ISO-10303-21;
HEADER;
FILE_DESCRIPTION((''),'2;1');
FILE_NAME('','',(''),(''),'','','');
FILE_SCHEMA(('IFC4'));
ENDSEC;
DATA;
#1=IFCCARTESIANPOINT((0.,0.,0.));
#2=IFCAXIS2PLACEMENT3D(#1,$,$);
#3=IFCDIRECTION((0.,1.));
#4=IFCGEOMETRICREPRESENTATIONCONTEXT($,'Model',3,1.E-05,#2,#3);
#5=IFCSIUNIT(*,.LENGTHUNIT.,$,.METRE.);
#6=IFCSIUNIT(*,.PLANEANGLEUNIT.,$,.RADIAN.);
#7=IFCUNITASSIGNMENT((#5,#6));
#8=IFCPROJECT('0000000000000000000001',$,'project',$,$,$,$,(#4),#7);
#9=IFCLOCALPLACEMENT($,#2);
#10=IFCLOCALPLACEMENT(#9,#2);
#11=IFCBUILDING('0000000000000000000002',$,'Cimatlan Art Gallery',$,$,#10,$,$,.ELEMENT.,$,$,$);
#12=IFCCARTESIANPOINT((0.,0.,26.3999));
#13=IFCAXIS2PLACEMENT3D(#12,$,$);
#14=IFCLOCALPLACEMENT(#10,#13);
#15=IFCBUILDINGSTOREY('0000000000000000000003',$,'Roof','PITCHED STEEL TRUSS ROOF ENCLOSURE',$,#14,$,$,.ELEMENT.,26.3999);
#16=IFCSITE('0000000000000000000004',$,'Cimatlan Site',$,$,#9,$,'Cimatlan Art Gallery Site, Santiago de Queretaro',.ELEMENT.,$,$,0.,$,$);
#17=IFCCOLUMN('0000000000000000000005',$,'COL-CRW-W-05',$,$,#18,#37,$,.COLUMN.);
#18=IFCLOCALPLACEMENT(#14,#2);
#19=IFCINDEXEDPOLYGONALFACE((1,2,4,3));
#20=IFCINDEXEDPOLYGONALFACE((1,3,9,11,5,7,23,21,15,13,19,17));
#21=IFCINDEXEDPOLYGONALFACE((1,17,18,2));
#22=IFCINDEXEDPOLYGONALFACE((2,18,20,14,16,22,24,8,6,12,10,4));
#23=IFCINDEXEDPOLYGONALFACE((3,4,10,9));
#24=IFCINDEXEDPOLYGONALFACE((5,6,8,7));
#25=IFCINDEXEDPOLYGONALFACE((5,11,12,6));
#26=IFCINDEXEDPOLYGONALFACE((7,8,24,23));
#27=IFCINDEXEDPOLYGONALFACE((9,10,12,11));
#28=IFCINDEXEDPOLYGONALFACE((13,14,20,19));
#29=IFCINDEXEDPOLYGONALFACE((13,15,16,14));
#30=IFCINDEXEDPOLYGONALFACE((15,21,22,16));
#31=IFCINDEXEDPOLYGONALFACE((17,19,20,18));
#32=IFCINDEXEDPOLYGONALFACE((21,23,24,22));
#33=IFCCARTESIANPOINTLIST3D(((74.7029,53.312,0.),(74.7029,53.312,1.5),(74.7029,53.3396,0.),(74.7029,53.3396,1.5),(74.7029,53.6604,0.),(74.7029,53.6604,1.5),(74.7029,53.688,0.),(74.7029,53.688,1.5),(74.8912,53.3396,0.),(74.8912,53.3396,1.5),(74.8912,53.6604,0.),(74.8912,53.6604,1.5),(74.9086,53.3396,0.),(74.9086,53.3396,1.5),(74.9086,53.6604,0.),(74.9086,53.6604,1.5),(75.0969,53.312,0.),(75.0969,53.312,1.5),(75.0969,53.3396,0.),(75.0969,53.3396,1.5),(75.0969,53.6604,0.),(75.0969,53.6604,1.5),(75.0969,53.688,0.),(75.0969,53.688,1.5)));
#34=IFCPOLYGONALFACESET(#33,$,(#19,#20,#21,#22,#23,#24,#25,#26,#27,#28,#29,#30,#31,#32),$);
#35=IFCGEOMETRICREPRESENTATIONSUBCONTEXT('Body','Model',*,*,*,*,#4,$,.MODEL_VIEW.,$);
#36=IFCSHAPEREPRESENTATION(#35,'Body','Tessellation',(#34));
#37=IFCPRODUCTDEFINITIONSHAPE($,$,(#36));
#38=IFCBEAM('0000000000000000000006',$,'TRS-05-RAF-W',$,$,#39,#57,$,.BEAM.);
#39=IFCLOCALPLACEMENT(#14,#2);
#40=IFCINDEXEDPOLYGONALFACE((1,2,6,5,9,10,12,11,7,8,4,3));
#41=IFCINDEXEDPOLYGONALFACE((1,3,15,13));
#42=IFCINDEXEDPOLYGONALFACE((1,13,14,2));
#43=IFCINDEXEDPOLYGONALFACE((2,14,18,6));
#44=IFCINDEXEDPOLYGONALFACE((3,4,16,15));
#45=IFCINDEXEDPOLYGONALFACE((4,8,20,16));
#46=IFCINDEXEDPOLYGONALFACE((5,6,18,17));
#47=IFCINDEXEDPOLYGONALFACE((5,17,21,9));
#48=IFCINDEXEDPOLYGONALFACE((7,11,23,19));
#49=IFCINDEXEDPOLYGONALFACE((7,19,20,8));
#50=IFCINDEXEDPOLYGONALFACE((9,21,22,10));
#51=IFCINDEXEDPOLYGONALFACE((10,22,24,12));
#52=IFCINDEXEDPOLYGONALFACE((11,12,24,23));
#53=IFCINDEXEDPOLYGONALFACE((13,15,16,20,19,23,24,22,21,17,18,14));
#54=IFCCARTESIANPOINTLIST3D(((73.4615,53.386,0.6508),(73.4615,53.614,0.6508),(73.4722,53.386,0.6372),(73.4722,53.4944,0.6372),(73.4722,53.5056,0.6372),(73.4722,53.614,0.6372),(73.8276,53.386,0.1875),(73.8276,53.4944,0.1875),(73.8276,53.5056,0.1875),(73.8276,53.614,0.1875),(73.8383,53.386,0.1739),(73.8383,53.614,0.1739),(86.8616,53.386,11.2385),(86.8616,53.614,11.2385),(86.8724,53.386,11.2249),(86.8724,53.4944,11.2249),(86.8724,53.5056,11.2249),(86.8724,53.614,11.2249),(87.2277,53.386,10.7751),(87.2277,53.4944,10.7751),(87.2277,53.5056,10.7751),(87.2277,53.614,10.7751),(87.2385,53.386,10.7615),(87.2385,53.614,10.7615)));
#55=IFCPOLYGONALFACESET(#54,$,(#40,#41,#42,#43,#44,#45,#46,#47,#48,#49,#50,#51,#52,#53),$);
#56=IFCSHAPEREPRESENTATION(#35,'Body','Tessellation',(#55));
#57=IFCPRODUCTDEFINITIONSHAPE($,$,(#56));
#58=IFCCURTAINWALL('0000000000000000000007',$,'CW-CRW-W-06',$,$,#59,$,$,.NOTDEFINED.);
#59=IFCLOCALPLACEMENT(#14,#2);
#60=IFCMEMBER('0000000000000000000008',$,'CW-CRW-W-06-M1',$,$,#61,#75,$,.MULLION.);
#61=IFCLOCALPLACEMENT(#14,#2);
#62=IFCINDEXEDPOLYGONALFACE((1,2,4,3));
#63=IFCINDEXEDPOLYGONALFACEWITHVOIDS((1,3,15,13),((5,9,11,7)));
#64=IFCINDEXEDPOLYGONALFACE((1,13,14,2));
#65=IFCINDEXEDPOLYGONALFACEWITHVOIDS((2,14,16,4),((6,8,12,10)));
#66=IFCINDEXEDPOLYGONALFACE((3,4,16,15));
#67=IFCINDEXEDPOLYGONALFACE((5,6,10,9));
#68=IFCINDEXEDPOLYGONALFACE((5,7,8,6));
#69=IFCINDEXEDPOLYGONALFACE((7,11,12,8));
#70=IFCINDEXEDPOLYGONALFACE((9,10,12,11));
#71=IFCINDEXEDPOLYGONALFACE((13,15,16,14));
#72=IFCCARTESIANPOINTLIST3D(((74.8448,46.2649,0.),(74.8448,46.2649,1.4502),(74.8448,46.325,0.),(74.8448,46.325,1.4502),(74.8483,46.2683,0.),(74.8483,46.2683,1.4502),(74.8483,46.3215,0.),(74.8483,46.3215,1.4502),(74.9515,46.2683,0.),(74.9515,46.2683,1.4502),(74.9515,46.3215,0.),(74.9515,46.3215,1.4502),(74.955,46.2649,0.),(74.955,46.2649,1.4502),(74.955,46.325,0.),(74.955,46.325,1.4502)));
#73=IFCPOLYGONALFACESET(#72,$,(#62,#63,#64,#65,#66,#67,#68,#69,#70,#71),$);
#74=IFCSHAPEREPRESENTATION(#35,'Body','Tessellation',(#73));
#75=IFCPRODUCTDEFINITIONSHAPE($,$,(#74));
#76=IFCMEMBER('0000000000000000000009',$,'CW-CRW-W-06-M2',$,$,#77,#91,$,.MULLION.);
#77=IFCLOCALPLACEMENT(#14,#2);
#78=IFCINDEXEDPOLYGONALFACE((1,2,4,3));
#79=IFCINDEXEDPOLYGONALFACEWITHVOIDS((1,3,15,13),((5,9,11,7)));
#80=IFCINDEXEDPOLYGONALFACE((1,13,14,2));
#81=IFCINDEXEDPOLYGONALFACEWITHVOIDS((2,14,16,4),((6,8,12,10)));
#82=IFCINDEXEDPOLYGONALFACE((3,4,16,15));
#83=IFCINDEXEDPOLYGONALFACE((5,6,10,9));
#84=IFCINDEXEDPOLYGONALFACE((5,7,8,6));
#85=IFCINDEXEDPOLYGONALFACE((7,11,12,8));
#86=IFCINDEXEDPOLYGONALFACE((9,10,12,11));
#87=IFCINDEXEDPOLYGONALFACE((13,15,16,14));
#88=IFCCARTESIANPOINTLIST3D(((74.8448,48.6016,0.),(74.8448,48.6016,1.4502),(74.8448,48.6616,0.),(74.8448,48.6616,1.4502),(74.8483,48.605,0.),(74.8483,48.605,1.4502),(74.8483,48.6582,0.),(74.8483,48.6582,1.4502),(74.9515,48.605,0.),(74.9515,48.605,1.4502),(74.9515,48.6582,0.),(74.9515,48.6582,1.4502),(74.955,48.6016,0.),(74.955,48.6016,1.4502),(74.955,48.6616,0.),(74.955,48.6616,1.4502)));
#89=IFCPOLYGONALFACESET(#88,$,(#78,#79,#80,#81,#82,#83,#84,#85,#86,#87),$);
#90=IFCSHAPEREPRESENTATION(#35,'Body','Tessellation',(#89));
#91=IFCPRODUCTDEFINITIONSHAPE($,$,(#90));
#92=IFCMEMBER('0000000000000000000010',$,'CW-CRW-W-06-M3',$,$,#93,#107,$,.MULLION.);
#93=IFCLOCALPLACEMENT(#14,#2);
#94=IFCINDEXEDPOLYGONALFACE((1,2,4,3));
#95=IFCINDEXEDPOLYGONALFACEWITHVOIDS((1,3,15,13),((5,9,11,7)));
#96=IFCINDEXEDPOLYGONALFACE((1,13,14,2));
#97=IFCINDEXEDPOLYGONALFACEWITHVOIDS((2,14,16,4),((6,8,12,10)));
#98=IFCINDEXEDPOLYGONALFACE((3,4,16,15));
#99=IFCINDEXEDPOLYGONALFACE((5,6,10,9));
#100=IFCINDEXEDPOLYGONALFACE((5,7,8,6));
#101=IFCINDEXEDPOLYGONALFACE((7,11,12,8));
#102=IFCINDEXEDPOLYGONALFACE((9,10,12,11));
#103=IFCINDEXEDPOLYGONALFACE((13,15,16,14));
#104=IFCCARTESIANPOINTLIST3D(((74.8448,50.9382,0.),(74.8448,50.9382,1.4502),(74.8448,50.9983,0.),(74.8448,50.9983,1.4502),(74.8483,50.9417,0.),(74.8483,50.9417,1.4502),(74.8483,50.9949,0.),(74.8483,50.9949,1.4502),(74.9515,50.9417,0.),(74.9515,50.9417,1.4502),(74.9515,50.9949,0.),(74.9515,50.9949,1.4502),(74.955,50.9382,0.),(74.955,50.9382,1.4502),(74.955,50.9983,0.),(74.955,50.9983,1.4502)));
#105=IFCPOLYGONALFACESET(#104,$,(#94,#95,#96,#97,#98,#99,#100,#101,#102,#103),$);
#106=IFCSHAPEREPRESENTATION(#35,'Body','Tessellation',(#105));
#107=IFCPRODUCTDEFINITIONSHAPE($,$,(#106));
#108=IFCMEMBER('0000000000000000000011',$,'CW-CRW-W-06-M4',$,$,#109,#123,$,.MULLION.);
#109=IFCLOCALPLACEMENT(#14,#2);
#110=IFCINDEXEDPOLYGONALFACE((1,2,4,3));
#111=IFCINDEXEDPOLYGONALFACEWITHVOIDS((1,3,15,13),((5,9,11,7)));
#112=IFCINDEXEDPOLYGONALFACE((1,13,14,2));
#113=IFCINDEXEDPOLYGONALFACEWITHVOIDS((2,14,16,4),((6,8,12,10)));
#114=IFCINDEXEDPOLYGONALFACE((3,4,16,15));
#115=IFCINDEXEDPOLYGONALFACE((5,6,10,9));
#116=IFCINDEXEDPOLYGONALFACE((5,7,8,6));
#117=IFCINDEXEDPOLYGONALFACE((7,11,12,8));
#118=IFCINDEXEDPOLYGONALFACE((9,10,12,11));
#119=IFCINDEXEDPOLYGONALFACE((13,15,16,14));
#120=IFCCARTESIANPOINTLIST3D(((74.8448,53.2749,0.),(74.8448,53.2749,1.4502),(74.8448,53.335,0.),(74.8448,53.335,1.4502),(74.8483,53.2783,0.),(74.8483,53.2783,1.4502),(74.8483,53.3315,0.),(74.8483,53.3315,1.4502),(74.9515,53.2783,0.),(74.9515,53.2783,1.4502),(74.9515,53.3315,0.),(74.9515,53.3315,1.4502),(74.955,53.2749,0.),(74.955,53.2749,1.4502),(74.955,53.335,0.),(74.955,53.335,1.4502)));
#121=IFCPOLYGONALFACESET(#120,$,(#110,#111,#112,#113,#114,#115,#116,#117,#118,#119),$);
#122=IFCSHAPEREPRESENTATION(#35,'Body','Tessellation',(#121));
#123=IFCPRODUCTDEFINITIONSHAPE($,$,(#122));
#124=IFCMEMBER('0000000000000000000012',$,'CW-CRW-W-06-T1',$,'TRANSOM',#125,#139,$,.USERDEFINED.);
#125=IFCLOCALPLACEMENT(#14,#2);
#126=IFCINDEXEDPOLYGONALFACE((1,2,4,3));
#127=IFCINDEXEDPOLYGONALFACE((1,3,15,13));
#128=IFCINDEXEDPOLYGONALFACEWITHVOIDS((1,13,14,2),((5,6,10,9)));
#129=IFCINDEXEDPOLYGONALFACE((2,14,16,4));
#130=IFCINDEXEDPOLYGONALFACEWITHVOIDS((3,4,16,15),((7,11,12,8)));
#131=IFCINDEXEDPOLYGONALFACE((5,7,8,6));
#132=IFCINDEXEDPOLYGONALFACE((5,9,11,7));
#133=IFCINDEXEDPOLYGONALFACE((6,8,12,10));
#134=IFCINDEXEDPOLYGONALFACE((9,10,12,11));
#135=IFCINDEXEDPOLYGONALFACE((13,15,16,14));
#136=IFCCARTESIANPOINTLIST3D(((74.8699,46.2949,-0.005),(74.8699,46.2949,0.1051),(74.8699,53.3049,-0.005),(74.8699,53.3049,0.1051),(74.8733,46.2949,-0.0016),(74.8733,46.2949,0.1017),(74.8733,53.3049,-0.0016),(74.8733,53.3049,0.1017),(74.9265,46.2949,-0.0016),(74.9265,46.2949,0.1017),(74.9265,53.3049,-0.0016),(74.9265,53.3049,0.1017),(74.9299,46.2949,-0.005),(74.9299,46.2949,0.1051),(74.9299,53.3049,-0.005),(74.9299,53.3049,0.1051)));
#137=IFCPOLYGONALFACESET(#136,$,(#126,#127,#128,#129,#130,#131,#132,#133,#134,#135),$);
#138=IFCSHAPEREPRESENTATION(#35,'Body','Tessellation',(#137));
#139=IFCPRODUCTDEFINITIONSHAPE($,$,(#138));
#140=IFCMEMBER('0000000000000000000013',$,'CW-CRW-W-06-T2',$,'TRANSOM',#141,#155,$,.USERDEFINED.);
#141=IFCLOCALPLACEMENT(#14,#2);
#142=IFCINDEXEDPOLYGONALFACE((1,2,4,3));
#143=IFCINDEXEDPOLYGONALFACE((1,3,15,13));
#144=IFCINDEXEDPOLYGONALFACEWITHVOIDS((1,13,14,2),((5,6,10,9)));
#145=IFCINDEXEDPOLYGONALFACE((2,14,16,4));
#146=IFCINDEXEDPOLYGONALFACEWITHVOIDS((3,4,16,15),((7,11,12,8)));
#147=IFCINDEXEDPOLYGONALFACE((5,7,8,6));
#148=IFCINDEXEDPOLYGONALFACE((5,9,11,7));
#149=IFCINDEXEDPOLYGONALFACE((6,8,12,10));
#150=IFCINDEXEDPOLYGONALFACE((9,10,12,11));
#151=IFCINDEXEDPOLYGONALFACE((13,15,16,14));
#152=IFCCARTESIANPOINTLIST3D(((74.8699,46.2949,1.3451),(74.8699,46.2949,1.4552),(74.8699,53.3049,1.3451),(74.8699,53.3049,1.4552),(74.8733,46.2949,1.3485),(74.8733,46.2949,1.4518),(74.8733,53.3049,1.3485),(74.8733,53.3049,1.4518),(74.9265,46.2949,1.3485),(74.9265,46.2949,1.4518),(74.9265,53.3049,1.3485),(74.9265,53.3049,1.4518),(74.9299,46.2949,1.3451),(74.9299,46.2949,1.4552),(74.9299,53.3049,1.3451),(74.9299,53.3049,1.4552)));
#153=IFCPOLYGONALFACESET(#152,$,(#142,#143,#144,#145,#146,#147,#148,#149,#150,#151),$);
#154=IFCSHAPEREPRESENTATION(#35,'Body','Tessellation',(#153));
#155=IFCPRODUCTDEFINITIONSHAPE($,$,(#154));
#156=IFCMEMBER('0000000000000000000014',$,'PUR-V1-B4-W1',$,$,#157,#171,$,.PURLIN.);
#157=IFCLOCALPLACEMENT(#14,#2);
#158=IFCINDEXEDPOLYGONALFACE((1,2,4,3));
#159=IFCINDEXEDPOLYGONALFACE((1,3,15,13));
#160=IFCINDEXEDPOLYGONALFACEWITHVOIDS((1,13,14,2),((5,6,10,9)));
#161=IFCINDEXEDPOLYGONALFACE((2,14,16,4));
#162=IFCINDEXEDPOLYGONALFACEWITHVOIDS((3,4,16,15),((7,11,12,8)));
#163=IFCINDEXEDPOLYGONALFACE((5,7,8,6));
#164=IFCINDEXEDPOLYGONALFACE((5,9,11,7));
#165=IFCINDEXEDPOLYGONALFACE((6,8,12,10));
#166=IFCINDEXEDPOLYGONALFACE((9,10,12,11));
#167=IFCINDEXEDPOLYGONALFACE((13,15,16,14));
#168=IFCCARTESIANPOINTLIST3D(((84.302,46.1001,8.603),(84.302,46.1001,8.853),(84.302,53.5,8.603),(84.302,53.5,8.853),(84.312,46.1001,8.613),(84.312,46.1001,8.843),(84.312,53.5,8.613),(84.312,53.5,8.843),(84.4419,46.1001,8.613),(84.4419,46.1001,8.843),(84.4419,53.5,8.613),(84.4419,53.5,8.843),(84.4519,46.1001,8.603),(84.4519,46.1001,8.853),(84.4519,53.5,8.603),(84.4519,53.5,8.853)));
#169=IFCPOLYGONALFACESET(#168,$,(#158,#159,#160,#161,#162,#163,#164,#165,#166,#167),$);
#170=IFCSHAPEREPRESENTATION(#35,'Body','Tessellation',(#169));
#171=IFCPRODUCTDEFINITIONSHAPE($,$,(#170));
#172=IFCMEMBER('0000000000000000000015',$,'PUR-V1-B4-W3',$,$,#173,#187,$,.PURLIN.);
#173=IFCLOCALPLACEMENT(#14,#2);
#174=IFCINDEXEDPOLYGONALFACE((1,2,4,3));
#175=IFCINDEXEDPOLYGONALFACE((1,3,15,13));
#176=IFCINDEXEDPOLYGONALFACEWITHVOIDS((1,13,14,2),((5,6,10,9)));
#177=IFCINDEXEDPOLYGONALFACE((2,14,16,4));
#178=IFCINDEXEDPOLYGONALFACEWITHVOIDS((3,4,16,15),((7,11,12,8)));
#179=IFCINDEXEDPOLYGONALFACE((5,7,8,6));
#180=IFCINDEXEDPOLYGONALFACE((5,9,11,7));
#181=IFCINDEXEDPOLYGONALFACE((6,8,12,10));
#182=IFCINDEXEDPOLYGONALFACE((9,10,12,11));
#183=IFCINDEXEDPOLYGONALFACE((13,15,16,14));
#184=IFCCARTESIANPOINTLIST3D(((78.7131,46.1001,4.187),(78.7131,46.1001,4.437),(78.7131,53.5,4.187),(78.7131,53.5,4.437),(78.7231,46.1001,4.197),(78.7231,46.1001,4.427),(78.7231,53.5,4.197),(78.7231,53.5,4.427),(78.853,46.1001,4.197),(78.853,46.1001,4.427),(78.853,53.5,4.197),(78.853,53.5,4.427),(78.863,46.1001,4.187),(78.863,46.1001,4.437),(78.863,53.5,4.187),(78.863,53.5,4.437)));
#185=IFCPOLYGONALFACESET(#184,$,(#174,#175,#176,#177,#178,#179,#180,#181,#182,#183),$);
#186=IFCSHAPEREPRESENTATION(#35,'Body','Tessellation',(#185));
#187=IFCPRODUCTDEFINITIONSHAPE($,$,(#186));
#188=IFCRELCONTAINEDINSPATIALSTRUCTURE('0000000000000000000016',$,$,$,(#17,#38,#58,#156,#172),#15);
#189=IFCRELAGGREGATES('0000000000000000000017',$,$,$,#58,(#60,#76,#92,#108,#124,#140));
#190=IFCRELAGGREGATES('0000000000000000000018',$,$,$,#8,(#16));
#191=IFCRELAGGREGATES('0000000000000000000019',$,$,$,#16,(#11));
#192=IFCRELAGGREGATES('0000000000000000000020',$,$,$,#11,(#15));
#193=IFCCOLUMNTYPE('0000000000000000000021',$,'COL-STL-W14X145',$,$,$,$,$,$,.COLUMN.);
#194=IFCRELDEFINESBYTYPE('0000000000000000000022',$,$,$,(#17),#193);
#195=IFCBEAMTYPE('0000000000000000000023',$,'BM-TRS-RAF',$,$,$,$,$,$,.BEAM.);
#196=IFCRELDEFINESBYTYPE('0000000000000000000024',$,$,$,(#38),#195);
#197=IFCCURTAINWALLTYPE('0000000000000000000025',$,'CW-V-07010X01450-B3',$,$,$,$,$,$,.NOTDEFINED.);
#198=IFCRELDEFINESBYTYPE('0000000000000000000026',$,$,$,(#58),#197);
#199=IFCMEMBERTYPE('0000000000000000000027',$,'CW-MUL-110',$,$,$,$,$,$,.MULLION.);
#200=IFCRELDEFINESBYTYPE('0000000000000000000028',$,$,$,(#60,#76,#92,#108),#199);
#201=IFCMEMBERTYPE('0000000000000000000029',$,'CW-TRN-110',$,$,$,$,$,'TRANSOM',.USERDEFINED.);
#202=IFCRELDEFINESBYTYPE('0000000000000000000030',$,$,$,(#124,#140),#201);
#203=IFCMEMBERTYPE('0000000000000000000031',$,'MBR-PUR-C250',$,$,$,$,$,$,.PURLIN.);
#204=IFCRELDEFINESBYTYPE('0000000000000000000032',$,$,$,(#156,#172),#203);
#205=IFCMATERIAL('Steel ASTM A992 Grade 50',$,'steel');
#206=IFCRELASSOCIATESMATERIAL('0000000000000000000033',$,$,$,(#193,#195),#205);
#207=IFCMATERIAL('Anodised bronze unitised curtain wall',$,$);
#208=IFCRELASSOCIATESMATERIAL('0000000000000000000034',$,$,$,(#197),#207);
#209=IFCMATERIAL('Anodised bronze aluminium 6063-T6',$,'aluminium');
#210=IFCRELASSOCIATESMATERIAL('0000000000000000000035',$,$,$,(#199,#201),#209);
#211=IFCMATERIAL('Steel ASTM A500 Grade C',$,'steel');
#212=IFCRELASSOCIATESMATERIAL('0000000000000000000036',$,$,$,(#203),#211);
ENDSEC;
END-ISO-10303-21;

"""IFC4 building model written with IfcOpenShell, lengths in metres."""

from ifc_helpers import new_model, si_unit, direction, frame, origin, origin_2d, place, context, subcontext, project, spatial, hollow_rectangle, i_section, extrude, material, material_profile, profile_set, type_object, element, aggregate, save


model = new_model("IFC4")

# Units and contexts
model_context = context("Model", 3, precision=1e-05, world=origin(), true_north=direction((0.0, 1.0)))
body_context = subcontext(model_context, "Body", "Model", "MODEL_VIEW")
ifc_project = project(units=[si_unit("LENGTHUNIT", "METRE"), si_unit("PLANEANGLEUNIT", "RADIAN")], contexts=[model_context])

# Site, building, storey
site_placement = place(None, origin())
site = spatial("IfcSite", under=ifc_project, at=site_placement, Name="Cimatlan Site", LongName="Cimatlan Art Gallery Site, Santiago de Queretaro", CompositionType="ELEMENT", RefElevation=0.0)
building_placement = place(site_placement, origin())
building = spatial("IfcBuilding", under=site, at=building_placement, Name="Cimatlan Art Gallery", CompositionType="ELEMENT")
storey_placement = place(building_placement, frame((0.0, 0.0, 26.3999)))
storey = spatial("IfcBuildingStorey", under=building, at=storey_placement, Name="Roof", Description="PITCHED STEEL TRUSS ROOF ENCLOSURE", CompositionType="ELEMENT", Elevation=26.3999)

# Column
ifc_material_1 = material(Name="Steel ASTM A992 Grade 50", Category="steel")
ifc_material_profile_1 = material_profile(ifc_material_1, i_section(OverallWidth=0.394, OverallDepth=0.376, WebThickness=0.0173, FlangeThickness=0.0276, at=origin_2d()), Name="W14X145")
ifc_profile_set_1 = profile_set([ifc_material_profile_1], Name="Steel ASTM A992 Grade 50")
column_type = type_object("IfcColumnType", Name="COL-STL-W14X145", PredefinedType="COLUMN", material=ifc_profile_set_1)
column_placement = place(storey_placement, frame((74.8999, 53.5, 0.0), z_axis=(0.0, 0.0, 1.0), x_axis=(1.0, 0.0, 0.0)))
element("IfcColumn", 1, at=column_placement, inside=storey, type_object=column_type, Name="COL-CRW-W-05", PredefinedType="COLUMN", context=body_context, shape_type="SweptSolid", body=[
    extrude(i_section(OverallWidth=0.394, OverallDepth=0.376, WebThickness=0.0173, FlangeThickness=0.0276, at=origin_2d()), origin(), (0.0, 0.0, 1.0), 1.5),
])

# Beam
ifc_material_profile_2 = material_profile(ifc_material_1, i_section(OverallWidth=0.228, OverallDepth=0.6079, WebThickness=0.0112, FlangeThickness=0.0173, at=origin_2d()), Name="W24X76")
ifc_profile_set_2 = profile_set([ifc_material_profile_2], Name="Steel ASTM A992 Grade 50")
beam_type = type_object("IfcBeamType", Name="BM-TRS-RAF", PredefinedType="BEAM", material=ifc_profile_set_2)
beam_placement = place(storey_placement, frame((73.6499, 53.5, 0.4124), z_axis=(0.784638, 0.0, 0.619954), x_axis=(0.0, 1.0, 0.0)))
element("IfcBeam", 2, at=beam_placement, inside=storey, type_object=beam_type, Name="TRS-05-RAF-W", PredefinedType="BEAM", context=body_context, shape_type="SweptSolid", body=[
    extrude(i_section(OverallWidth=0.228, OverallDepth=0.6079, WebThickness=0.0112, FlangeThickness=0.0173, at=origin_2d()), origin(), (0.0, 0.0, 1.0), 17.0781),
])

# Curtain wall, members
ifc_material_2 = material(Name="Anodised bronze unitised curtain wall")
curtain_wall_type = type_object("IfcCurtainWallType", Name="CW-V-07010X01450-B3", PredefinedType="NOTDEFINED", material=ifc_material_2)
curtain_wall_placement = place(storey_placement, origin())
curtain_wall = element("IfcCurtainWall", 3, at=curtain_wall_placement, inside=storey, type_object=curtain_wall_type, Name="CW-CRW-W-06", PredefinedType="NOTDEFINED")
ifc_material_3 = material(Name="Anodised bronze aluminium 6063-T6", Category="aluminium")
ifc_material_profile_3 = material_profile(ifc_material_3, hollow_rectangle(XDim=0.0601, YDim=0.1101, WallThickness=0.0034, at=origin_2d()), Name="ALU60X110X3")
ifc_profile_set_3 = profile_set([ifc_material_profile_3], Name="Anodised bronze aluminium 6063-T6")
member_type_1 = type_object("IfcMemberType", Name="CW-MUL-110", PredefinedType="MULLION", material=ifc_profile_set_3)
member_1_placement = place(storey_placement, frame((74.8999, 46.2949, 0.0), z_axis=(0.0, 0.0, 1.0), x_axis=(0.0, 1.0, 0.0)))
member_1 = element("IfcMember", 4, at=member_1_placement, type_object=member_type_1, Name="CW-CRW-W-06-M1", PredefinedType="MULLION", context=body_context, shape_type="SweptSolid", body=[
    extrude(hollow_rectangle(XDim=0.0601, YDim=0.1101, WallThickness=0.0034, at=origin_2d()), origin(), (0.0, 0.0, 1.0), 1.4502),
])
member_2_placement = place(storey_placement, frame((74.8999, 48.6316, 0.0), z_axis=(0.0, 0.0, 1.0), x_axis=(0.0, 1.0, 0.0)))
member_2 = element("IfcMember", 5, at=member_2_placement, type_object=member_type_1, Name="CW-CRW-W-06-M2", PredefinedType="MULLION", context=body_context, shape_type="SweptSolid", body=[
    extrude(hollow_rectangle(XDim=0.0601, YDim=0.1101, WallThickness=0.0034, at=origin_2d()), origin(), (0.0, 0.0, 1.0), 1.4502),
])
member_3_placement = place(storey_placement, frame((74.8999, 50.9683, 0.0), z_axis=(0.0, 0.0, 1.0), x_axis=(0.0, 1.0, 0.0)))
member_3 = element("IfcMember", 6, at=member_3_placement, type_object=member_type_1, Name="CW-CRW-W-06-M3", PredefinedType="MULLION", context=body_context, shape_type="SweptSolid", body=[
    extrude(hollow_rectangle(XDim=0.0601, YDim=0.1101, WallThickness=0.0034, at=origin_2d()), origin(), (0.0, 0.0, 1.0), 1.4502),
])
member_4_placement = place(storey_placement, frame((74.8999, 53.3049, 0.0), z_axis=(0.0, 0.0, 1.0), x_axis=(0.0, 1.0, 0.0)))
member_4 = element("IfcMember", 7, at=member_4_placement, type_object=member_type_1, Name="CW-CRW-W-06-M4", PredefinedType="MULLION", context=body_context, shape_type="SweptSolid", body=[
    extrude(hollow_rectangle(XDim=0.0601, YDim=0.1101, WallThickness=0.0034, at=origin_2d()), origin(), (0.0, 0.0, 1.0), 1.4502),
])
ifc_material_profile_4 = material_profile(ifc_material_3, hollow_rectangle(XDim=0.0601, YDim=0.1101, WallThickness=0.0034, at=origin_2d()), Name="ALU60X110X3")
ifc_profile_set_4 = profile_set([ifc_material_profile_4], Name="Anodised bronze aluminium 6063-T6")
member_type_2 = type_object("IfcMemberType", Name="CW-TRN-110", ElementType="TRANSOM", PredefinedType="USERDEFINED", material=ifc_profile_set_4)
member_5_placement = place(storey_placement, frame((74.8999, 46.2949, 0.05), z_axis=(0.0, 1.0, 0.0), x_axis=(-1.0, 0.0, 0.0)))
member_5 = element("IfcMember", 8, at=member_5_placement, type_object=member_type_2, Name="CW-CRW-W-06-T1", ObjectType="TRANSOM", PredefinedType="USERDEFINED", context=body_context, shape_type="SweptSolid", body=[
    extrude(hollow_rectangle(XDim=0.0601, YDim=0.1101, WallThickness=0.0034, at=origin_2d()), origin(), (0.0, 0.0, 1.0), 7.01),
])
member_6_placement = place(storey_placement, frame((74.8999, 46.2949, 1.4001), z_axis=(0.0, 1.0, 0.0), x_axis=(-1.0, 0.0, 0.0)))
member_6 = element("IfcMember", 9, at=member_6_placement, type_object=member_type_2, Name="CW-CRW-W-06-T2", ObjectType="TRANSOM", PredefinedType="USERDEFINED", context=body_context, shape_type="SweptSolid", body=[
    extrude(hollow_rectangle(XDim=0.0601, YDim=0.1101, WallThickness=0.0034, at=origin_2d()), origin(), (0.0, 0.0, 1.0), 7.01),
])

# Members
ifc_material_4 = material(Name="Steel ASTM A500 Grade C", Category="steel")
ifc_material_profile_5 = material_profile(ifc_material_4, hollow_rectangle(XDim=0.1499, YDim=0.25, WallThickness=0.01, at=origin_2d()), Name="HSS250X150X10")
ifc_profile_set_5 = profile_set([ifc_material_profile_5], Name="Steel ASTM A500 Grade C")
member_type_3 = type_object("IfcMemberType", Name="MBR-PUR-C250", PredefinedType="PURLIN", material=ifc_profile_set_5)
for number, where, z_axis, x_axis, name in (
    (10, (84.377, 46.1001, 8.728), (0.0, 1.0, 0.0), (-1.0, 0.0, 0.0), "PUR-V1-B4-W1"),
    (11, (78.7881, 46.1001, 4.312), (0.0, 1.0, 0.0), (-1.0, 0.0, 0.0), "PUR-V1-B4-W3"),
):
    element("IfcMember", number, at=place(storey_placement, frame(where, z_axis=z_axis, x_axis=x_axis)), inside=storey, type_object=member_type_3, Name=name, PredefinedType="PURLIN", context=body_context, shape_type="SweptSolid", body=[
        extrude(hollow_rectangle(XDim=0.1499, YDim=0.25, WallThickness=0.01, at=origin_2d()), origin(), (0.0, 0.0, 1.0), 7.3999),
    ])

aggregate(curtain_wall, [member_1, member_2, member_3, member_4, member_5, member_6])

save(model, "model.ifc")
